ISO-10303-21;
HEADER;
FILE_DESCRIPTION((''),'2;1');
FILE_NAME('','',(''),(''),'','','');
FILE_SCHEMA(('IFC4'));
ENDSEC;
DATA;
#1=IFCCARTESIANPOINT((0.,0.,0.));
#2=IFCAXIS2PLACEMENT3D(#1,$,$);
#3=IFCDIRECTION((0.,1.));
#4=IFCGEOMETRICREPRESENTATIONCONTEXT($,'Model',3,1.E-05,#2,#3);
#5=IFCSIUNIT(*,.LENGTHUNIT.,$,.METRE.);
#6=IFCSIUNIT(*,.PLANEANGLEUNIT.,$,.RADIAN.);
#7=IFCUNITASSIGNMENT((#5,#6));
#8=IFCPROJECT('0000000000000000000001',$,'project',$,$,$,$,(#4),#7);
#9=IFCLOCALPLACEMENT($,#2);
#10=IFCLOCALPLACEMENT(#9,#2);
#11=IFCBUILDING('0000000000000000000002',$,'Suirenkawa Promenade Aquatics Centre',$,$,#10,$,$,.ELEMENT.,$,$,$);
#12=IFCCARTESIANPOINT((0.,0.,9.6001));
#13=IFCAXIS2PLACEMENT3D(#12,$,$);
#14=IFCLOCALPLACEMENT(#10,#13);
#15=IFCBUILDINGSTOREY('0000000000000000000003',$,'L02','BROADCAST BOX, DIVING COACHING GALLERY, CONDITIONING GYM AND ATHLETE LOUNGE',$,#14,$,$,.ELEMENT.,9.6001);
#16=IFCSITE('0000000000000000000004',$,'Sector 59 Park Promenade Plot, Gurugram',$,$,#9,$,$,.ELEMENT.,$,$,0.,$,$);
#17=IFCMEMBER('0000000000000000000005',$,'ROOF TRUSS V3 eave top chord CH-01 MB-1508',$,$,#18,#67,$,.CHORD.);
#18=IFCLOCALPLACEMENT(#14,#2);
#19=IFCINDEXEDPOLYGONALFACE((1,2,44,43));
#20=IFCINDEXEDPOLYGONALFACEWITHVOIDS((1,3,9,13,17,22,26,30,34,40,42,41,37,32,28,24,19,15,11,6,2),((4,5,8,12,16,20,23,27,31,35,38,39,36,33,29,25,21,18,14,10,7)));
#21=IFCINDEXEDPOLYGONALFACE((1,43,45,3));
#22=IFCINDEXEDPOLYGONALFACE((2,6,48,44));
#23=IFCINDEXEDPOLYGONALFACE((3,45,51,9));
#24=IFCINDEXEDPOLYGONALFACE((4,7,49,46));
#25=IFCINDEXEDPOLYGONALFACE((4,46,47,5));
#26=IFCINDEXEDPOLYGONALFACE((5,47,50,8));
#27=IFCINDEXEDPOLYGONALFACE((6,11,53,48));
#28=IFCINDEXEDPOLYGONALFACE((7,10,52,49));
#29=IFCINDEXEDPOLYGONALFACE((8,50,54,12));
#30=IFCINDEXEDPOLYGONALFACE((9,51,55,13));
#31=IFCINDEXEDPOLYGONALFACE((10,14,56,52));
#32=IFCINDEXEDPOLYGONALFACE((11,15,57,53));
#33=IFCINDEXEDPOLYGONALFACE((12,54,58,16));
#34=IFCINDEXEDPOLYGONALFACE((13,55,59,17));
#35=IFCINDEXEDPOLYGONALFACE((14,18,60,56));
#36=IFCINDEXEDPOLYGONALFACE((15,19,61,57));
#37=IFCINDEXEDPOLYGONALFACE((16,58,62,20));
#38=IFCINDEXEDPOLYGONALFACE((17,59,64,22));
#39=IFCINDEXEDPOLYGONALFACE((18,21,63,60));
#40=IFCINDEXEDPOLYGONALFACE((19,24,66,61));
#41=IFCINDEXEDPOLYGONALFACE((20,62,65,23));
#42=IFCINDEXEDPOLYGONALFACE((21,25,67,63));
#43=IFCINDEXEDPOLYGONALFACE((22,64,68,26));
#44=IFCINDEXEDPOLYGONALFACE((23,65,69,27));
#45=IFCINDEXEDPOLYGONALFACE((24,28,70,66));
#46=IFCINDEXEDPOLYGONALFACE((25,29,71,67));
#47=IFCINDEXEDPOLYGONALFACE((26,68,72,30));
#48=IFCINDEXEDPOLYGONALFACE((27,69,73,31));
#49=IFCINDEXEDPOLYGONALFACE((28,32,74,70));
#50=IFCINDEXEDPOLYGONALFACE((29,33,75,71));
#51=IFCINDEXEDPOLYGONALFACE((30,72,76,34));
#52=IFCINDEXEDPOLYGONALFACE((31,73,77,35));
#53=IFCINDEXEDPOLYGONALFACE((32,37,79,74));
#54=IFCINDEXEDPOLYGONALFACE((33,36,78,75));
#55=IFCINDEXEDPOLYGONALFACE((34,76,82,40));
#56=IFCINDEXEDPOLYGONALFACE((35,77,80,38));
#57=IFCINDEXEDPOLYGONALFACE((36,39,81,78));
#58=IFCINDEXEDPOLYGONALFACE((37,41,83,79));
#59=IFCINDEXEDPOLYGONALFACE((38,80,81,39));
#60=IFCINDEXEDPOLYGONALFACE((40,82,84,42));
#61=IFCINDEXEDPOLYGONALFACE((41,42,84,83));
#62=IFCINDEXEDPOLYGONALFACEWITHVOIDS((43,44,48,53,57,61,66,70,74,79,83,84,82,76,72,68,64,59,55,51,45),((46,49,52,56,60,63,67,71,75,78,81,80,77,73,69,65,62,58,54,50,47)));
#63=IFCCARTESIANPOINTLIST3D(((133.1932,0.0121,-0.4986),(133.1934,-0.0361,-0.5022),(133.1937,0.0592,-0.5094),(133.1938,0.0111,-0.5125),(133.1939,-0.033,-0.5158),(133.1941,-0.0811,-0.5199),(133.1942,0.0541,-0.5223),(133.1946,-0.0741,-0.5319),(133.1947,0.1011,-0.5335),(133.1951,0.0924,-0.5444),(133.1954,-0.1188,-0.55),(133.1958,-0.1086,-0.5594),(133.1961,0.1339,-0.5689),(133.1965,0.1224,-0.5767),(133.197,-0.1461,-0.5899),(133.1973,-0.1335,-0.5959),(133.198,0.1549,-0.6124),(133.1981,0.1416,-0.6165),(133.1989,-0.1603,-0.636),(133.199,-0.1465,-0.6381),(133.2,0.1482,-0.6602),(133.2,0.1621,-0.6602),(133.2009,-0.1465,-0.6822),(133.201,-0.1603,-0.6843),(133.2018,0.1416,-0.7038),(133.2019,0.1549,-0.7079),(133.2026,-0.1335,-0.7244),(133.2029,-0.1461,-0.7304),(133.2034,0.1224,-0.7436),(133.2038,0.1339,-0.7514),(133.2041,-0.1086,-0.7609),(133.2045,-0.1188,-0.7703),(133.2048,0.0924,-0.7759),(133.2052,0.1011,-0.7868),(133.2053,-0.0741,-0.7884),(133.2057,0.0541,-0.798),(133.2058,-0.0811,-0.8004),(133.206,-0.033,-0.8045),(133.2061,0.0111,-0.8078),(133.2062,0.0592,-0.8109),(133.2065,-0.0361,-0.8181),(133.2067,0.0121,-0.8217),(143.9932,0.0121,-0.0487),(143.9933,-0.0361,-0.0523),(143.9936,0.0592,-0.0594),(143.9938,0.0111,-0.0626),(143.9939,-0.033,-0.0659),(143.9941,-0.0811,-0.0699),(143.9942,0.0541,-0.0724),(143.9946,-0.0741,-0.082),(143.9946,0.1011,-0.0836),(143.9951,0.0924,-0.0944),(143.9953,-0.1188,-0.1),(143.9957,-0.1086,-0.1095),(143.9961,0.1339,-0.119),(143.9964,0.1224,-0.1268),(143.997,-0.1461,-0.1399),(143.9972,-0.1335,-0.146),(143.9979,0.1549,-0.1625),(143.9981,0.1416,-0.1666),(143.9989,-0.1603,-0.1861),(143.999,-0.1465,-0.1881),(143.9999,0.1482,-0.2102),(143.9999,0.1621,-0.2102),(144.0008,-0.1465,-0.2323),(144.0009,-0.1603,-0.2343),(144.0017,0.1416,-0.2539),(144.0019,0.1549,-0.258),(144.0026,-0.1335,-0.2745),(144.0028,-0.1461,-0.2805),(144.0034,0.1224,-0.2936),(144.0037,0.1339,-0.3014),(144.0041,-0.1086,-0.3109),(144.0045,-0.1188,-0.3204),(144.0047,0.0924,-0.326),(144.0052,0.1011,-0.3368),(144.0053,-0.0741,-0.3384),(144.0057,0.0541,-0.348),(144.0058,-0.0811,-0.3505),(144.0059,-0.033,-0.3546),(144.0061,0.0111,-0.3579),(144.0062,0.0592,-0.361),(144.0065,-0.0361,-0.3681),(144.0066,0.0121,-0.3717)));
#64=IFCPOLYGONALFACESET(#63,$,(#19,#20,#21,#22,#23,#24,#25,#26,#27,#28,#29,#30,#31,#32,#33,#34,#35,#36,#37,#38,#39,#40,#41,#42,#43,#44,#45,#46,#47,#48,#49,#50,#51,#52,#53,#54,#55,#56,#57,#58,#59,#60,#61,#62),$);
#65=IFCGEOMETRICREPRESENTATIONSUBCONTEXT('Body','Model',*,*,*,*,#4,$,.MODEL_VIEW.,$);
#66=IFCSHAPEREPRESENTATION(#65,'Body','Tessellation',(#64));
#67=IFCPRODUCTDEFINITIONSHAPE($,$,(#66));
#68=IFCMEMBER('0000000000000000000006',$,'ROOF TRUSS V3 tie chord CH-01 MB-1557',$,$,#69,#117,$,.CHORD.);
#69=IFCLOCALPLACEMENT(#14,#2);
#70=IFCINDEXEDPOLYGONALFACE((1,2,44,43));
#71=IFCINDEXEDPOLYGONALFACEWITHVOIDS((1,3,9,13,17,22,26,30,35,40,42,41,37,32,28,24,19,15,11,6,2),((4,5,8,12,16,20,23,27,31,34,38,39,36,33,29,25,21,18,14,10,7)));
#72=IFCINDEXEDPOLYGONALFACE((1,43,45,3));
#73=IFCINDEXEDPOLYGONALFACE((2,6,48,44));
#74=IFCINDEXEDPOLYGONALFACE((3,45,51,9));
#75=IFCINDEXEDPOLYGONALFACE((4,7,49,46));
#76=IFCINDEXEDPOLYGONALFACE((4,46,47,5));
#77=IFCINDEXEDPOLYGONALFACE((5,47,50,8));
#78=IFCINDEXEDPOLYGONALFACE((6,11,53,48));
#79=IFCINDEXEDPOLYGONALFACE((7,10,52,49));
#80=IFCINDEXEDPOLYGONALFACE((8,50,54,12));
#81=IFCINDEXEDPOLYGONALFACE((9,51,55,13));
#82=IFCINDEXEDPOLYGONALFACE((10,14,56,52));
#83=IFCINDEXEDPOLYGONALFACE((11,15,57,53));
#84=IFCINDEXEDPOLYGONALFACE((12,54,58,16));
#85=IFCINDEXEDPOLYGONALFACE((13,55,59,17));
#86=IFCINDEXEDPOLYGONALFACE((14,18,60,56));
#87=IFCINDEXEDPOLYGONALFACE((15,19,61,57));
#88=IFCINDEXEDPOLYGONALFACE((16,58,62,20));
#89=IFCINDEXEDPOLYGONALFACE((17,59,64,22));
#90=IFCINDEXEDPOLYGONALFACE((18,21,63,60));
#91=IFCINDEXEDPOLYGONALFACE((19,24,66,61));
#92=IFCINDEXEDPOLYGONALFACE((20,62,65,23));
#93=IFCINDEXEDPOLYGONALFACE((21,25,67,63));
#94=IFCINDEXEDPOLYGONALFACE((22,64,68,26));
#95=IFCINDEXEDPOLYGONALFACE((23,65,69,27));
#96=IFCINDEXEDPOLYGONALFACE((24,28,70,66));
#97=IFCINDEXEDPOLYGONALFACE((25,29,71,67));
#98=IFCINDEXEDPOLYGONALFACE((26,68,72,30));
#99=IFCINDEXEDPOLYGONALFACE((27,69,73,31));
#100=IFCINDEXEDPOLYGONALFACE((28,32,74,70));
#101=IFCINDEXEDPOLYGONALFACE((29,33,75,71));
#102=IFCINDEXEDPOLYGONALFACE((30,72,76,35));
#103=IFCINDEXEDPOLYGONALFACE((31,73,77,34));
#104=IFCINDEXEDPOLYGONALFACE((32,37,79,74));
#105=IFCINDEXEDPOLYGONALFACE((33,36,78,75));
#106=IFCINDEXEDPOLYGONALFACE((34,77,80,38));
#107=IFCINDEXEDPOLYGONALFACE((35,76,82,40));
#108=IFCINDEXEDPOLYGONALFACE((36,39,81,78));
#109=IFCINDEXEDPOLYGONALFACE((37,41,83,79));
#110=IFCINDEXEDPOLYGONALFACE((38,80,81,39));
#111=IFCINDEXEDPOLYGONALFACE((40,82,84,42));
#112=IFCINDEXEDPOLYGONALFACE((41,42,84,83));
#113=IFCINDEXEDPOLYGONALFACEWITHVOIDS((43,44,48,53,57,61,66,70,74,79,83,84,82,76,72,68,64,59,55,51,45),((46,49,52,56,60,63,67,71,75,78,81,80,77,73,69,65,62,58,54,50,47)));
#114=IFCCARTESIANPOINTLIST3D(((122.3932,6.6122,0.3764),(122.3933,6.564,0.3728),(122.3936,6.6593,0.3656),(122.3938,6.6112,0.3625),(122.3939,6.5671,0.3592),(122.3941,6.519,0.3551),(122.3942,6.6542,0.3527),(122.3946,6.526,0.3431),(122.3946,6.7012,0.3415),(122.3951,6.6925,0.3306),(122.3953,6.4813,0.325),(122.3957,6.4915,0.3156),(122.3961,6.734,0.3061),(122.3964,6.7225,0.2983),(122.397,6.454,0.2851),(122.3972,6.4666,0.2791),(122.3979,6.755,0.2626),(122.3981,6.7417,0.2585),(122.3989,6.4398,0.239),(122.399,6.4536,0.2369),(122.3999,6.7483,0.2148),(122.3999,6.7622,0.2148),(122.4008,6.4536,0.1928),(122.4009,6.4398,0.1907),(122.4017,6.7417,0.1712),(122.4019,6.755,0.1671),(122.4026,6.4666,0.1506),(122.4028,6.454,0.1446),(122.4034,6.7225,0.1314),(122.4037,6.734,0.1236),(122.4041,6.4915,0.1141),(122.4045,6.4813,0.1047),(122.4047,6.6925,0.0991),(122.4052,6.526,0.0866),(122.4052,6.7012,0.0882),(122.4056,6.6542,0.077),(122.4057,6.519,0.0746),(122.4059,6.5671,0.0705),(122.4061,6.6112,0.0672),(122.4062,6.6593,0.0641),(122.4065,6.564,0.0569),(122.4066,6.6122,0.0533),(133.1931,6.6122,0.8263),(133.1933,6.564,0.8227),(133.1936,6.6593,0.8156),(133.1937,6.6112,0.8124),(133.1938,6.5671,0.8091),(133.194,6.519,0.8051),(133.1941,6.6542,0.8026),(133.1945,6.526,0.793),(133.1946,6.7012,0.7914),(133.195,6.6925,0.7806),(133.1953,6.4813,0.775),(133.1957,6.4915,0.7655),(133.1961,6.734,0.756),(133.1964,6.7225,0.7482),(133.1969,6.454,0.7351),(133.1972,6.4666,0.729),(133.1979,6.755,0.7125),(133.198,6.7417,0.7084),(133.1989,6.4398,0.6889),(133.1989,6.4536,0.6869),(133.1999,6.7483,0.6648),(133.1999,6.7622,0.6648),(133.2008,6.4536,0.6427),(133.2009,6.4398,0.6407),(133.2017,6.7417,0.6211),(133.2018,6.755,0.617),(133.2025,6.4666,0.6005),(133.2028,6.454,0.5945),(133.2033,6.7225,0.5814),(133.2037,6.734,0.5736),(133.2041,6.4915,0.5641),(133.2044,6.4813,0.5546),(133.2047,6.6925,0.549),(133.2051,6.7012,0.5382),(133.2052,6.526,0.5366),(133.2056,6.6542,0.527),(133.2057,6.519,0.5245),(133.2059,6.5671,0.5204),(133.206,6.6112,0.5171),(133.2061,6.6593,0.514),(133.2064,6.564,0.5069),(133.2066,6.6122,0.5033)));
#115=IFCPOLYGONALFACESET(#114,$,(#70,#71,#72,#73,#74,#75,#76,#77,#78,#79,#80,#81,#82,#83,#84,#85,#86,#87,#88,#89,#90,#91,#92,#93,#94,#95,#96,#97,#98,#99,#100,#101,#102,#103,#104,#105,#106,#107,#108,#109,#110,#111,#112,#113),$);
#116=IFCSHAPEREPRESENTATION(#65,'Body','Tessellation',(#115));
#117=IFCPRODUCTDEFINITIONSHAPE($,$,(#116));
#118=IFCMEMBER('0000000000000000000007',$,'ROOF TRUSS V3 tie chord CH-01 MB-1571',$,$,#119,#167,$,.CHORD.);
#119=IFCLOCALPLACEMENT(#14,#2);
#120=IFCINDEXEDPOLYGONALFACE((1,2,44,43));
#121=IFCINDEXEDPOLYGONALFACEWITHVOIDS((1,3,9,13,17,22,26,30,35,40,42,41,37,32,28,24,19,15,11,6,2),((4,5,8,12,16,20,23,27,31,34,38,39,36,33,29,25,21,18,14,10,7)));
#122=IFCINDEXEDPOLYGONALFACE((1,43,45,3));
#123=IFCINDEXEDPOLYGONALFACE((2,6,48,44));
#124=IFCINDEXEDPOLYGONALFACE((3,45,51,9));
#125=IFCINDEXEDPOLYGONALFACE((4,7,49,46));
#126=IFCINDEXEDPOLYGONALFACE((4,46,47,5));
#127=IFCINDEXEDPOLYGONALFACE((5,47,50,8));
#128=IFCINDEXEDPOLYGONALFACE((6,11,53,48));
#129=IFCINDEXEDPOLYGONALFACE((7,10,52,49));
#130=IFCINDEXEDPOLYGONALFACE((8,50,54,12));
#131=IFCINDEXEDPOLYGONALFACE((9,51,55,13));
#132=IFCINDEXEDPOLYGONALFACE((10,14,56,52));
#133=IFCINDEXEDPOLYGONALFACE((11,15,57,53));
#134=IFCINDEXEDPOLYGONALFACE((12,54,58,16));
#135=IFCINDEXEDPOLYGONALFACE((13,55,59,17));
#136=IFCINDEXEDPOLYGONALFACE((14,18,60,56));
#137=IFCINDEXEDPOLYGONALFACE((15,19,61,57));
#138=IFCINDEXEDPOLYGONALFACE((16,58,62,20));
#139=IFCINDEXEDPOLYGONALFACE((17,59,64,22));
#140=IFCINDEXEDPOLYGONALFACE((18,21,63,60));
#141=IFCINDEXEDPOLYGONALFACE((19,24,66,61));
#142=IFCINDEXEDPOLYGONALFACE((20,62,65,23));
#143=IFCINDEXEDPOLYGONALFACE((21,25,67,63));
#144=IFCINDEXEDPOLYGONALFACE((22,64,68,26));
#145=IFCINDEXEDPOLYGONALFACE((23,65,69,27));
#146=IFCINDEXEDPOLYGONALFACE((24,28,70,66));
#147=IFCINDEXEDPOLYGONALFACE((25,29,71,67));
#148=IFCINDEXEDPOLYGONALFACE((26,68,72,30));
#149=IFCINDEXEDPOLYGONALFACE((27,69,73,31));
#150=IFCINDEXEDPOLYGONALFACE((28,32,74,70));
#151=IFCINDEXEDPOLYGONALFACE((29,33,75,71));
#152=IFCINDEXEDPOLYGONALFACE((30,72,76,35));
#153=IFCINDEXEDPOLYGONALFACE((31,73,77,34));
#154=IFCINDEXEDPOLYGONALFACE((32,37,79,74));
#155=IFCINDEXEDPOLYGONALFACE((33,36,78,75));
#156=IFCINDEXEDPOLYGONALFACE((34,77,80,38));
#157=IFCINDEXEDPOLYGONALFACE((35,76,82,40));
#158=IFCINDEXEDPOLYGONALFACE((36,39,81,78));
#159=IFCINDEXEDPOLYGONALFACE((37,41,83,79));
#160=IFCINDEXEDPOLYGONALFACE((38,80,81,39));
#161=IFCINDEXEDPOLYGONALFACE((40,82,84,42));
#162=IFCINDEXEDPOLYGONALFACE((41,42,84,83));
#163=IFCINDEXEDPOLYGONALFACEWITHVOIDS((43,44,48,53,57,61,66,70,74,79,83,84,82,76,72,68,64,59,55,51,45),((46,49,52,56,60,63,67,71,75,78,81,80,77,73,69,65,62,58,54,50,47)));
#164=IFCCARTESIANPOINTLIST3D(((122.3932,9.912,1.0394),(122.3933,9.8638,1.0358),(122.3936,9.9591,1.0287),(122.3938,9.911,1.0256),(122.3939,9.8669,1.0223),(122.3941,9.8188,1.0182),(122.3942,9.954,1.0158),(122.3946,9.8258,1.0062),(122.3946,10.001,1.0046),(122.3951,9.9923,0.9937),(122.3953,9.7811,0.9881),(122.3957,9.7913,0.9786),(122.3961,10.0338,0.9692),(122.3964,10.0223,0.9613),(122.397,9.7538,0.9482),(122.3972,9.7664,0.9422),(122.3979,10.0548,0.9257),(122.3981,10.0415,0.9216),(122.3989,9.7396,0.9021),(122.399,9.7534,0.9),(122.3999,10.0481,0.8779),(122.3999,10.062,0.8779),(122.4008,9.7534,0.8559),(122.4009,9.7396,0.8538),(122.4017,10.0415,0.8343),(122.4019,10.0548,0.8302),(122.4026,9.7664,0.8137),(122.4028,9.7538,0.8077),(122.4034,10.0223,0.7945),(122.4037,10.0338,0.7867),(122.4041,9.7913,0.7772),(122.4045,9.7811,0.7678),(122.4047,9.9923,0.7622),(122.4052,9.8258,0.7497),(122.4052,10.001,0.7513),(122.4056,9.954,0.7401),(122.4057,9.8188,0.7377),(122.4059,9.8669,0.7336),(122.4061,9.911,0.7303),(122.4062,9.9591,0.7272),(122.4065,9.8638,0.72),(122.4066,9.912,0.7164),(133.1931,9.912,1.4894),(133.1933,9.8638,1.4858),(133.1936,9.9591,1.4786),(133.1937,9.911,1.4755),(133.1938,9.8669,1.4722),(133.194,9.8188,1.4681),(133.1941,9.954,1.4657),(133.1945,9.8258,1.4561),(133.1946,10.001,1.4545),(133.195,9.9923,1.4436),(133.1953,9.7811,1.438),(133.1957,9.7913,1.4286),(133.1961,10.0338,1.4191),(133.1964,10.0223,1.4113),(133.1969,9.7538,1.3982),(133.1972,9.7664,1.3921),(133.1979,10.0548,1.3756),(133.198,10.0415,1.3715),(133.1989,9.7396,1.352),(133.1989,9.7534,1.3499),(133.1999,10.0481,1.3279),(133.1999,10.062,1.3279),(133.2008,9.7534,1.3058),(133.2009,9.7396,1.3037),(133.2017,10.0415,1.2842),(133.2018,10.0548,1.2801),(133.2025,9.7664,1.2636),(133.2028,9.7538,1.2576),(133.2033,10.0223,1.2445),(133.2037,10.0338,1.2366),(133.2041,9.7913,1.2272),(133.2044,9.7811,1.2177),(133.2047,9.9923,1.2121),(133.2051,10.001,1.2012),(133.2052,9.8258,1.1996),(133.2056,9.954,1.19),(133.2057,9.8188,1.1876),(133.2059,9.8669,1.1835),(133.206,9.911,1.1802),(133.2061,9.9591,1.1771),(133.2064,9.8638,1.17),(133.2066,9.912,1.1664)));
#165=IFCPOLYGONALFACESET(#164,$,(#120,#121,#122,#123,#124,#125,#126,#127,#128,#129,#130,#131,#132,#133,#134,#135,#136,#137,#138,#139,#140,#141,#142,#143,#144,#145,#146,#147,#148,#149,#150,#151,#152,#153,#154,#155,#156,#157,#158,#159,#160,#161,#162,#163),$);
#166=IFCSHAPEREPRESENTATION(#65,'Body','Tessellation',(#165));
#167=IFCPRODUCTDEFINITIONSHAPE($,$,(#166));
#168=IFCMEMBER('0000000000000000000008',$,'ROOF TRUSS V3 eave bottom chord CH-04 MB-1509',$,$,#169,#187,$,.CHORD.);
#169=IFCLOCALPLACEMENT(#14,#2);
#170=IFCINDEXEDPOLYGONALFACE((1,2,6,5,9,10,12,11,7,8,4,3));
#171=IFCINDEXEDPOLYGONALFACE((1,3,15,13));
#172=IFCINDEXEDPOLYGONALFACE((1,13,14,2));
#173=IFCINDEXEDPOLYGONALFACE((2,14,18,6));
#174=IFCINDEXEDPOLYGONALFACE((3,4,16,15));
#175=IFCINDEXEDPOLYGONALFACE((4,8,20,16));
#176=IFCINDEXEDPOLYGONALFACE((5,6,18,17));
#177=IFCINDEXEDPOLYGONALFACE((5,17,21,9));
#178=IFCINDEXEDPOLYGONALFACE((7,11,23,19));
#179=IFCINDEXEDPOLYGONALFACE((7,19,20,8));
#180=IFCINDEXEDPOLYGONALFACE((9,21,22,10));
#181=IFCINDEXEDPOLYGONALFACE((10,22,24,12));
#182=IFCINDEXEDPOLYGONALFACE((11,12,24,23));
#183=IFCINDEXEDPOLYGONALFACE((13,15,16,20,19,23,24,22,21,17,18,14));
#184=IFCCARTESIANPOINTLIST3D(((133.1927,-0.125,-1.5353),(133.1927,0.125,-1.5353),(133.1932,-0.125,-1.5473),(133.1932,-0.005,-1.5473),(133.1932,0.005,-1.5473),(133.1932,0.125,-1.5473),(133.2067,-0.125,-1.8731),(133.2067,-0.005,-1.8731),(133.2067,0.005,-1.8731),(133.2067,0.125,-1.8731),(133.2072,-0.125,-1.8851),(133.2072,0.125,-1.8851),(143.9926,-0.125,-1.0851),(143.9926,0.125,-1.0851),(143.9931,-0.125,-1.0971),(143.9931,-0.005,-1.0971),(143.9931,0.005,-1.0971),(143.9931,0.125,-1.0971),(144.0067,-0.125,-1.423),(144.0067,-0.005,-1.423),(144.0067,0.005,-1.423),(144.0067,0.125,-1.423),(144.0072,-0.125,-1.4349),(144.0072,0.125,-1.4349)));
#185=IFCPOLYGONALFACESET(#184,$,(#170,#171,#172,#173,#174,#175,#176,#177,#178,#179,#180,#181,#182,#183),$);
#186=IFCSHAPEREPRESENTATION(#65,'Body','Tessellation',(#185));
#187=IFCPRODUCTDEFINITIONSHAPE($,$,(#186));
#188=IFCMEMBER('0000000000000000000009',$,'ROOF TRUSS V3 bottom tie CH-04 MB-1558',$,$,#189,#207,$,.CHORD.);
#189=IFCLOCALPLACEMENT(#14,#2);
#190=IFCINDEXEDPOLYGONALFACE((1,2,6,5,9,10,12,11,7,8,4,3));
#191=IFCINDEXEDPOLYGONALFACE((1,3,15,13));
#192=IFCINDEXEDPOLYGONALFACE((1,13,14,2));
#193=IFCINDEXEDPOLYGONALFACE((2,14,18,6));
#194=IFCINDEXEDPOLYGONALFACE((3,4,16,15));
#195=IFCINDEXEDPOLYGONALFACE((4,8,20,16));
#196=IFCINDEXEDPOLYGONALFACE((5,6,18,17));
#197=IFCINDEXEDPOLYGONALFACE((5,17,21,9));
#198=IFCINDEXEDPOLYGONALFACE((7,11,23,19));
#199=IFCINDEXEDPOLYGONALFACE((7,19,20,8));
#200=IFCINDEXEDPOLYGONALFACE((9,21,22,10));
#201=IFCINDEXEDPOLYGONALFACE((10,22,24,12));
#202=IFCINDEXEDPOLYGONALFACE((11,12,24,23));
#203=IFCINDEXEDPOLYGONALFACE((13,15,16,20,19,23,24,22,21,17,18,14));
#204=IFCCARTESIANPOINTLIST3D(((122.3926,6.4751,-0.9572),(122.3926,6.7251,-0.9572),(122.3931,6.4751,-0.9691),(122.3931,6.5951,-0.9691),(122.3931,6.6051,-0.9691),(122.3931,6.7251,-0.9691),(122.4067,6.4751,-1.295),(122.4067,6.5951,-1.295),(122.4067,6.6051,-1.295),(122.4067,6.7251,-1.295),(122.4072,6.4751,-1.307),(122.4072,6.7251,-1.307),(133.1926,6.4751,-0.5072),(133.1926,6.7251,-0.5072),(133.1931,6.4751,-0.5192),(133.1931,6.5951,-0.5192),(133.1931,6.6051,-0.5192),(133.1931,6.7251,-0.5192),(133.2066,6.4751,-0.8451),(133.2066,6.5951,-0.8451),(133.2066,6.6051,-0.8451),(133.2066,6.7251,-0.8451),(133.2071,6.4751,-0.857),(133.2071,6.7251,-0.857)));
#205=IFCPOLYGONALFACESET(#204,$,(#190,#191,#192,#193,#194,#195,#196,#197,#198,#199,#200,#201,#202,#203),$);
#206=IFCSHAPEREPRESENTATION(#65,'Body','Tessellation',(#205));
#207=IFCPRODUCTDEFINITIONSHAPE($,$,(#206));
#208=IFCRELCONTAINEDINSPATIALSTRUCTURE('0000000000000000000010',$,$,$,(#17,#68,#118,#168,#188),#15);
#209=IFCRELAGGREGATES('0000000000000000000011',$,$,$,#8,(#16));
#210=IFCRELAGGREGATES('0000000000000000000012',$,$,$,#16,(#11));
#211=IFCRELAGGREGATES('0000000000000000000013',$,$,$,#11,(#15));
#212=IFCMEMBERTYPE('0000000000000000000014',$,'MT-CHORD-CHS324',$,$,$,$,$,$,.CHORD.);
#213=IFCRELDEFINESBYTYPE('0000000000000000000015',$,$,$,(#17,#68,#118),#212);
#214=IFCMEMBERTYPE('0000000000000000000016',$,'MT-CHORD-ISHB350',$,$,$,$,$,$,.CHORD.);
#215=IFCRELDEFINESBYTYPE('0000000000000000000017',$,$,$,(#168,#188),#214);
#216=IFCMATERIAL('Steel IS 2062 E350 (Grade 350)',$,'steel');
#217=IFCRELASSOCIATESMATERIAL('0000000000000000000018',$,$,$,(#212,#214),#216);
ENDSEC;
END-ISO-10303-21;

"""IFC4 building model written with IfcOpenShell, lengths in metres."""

from ifc_helpers import new_model, si_unit, direction, frame, origin, origin_2d, place, context, subcontext, project, spatial, hollow_circle, i_section, extrude, material, material_profile, profile_set, type_object, element, save


model = new_model("IFC4")

# Units and contexts
model_context = context("Model", 3, precision=1e-05, world=origin(), true_north=direction((0.0, 1.0)))
body_context = subcontext(model_context, "Body", "Model", "MODEL_VIEW")
ifc_project = project(units=[si_unit("LENGTHUNIT", "METRE"), si_unit("PLANEANGLEUNIT", "RADIAN")], contexts=[model_context])

# Site, building, storey
site_placement = place(None, origin())
site = spatial("IfcSite", under=ifc_project, at=site_placement, Name="Sector 59 Park Promenade Plot, Gurugram", CompositionType="ELEMENT", RefElevation=0.0)
building_placement = place(site_placement, origin())
building = spatial("IfcBuilding", under=site, at=building_placement, Name="Suirenkawa Promenade Aquatics Centre", CompositionType="ELEMENT")
storey_placement = place(building_placement, frame((0.0, 0.0, 9.6001)))
storey = spatial("IfcBuildingStorey", under=building, at=storey_placement, Name="L02", Description="BROADCAST BOX, DIVING COACHING GALLERY, CONDITIONING GYM AND ATHLETE LOUNGE", CompositionType="ELEMENT", Elevation=9.6001)

# Shared definitions
ifc_material_1 = material(Name="Steel IS 2062 E350 (Grade 350)", Category="steel")

# Members
ifc_material_profile_1 = material_profile(ifc_material_1, hollow_circle(Radius=0.1621, WallThickness=0.0139, at=origin_2d()), Name="CHS 324x14", Category="steel")
ifc_profile_set_1 = profile_set([ifc_material_profile_1], Name="Steel IS 2062 E350 (Grade 350)")
member_type_1 = type_object("IfcMemberType", Name="MT-CHORD-CHS324", PredefinedType="CHORD", material=ifc_profile_set_1)
for number, where, z_axis, x_axis, name in (
    (1, (133.2, 0.0, -0.6602), (0.999133, 0.0, 0.041626), (0.0, 1.0, 0.0), "ROOF TRUSS V3 eave top chord CH-01 MB-1508"),
    (2, (122.3999, 6.6001, 0.2148), (0.999133, 0.0, 0.041626), (0.0, 1.0, 0.0), "ROOF TRUSS V3 tie chord CH-01 MB-1557"),
    (3, (122.3999, 9.8999, 0.8779), (0.999133, 0.0, 0.041626), (0.0, 1.0, 0.0), "ROOF TRUSS V3 tie chord CH-01 MB-1571"),
):
    element("IfcMember", number, at=place(storey_placement, frame(where, z_axis=z_axis, x_axis=x_axis)), inside=storey, type_object=member_type_1, Name=name, PredefinedType="CHORD", context=body_context, shape_type="SweptSolid", body=[
        extrude(hollow_circle(Radius=0.1621, WallThickness=0.0139, at=origin_2d()), origin(), (0.0, 0.0, 1.0), 10.8093),
    ])
ifc_material_profile_2 = material_profile(ifc_material_1, i_section(OverallWidth=0.25, OverallDepth=0.3501, WebThickness=0.01, FlangeThickness=0.012, at=origin_2d()), Name="ISHB 350", Category="steel")
ifc_profile_set_2 = profile_set([ifc_material_profile_2], Name="Steel IS 2062 E350 (Grade 350)")
member_type_2 = type_object("IfcMemberType", Name="MT-CHORD-ISHB350", PredefinedType="CHORD", material=ifc_profile_set_2)
for number, where, z_axis, x_axis, name in (
    (4, (133.2, 0.0, -1.7102), (0.999132, 0.0, 0.041648), (0.0, 1.0, 0.0), "ROOF TRUSS V3 eave bottom chord CH-04 MB-1509"),
    (5, (122.3999, 6.6001, -1.1321), (0.999133, 0.0, 0.041626), (0.0, 1.0, 0.0), "ROOF TRUSS V3 bottom tie CH-04 MB-1558"),
):
    element("IfcMember", number, at=place(storey_placement, frame(where, z_axis=z_axis, x_axis=x_axis)), inside=storey, type_object=member_type_2, Name=name, PredefinedType="CHORD", context=body_context, shape_type="SweptSolid", body=[
        extrude(i_section(OverallWidth=0.25, OverallDepth=0.3501, WebThickness=0.01, FlangeThickness=0.012, at=origin_2d()), origin(), (0.0, 0.0, 1.0), 10.8093),
    ])

save(model, "model.ifc")
